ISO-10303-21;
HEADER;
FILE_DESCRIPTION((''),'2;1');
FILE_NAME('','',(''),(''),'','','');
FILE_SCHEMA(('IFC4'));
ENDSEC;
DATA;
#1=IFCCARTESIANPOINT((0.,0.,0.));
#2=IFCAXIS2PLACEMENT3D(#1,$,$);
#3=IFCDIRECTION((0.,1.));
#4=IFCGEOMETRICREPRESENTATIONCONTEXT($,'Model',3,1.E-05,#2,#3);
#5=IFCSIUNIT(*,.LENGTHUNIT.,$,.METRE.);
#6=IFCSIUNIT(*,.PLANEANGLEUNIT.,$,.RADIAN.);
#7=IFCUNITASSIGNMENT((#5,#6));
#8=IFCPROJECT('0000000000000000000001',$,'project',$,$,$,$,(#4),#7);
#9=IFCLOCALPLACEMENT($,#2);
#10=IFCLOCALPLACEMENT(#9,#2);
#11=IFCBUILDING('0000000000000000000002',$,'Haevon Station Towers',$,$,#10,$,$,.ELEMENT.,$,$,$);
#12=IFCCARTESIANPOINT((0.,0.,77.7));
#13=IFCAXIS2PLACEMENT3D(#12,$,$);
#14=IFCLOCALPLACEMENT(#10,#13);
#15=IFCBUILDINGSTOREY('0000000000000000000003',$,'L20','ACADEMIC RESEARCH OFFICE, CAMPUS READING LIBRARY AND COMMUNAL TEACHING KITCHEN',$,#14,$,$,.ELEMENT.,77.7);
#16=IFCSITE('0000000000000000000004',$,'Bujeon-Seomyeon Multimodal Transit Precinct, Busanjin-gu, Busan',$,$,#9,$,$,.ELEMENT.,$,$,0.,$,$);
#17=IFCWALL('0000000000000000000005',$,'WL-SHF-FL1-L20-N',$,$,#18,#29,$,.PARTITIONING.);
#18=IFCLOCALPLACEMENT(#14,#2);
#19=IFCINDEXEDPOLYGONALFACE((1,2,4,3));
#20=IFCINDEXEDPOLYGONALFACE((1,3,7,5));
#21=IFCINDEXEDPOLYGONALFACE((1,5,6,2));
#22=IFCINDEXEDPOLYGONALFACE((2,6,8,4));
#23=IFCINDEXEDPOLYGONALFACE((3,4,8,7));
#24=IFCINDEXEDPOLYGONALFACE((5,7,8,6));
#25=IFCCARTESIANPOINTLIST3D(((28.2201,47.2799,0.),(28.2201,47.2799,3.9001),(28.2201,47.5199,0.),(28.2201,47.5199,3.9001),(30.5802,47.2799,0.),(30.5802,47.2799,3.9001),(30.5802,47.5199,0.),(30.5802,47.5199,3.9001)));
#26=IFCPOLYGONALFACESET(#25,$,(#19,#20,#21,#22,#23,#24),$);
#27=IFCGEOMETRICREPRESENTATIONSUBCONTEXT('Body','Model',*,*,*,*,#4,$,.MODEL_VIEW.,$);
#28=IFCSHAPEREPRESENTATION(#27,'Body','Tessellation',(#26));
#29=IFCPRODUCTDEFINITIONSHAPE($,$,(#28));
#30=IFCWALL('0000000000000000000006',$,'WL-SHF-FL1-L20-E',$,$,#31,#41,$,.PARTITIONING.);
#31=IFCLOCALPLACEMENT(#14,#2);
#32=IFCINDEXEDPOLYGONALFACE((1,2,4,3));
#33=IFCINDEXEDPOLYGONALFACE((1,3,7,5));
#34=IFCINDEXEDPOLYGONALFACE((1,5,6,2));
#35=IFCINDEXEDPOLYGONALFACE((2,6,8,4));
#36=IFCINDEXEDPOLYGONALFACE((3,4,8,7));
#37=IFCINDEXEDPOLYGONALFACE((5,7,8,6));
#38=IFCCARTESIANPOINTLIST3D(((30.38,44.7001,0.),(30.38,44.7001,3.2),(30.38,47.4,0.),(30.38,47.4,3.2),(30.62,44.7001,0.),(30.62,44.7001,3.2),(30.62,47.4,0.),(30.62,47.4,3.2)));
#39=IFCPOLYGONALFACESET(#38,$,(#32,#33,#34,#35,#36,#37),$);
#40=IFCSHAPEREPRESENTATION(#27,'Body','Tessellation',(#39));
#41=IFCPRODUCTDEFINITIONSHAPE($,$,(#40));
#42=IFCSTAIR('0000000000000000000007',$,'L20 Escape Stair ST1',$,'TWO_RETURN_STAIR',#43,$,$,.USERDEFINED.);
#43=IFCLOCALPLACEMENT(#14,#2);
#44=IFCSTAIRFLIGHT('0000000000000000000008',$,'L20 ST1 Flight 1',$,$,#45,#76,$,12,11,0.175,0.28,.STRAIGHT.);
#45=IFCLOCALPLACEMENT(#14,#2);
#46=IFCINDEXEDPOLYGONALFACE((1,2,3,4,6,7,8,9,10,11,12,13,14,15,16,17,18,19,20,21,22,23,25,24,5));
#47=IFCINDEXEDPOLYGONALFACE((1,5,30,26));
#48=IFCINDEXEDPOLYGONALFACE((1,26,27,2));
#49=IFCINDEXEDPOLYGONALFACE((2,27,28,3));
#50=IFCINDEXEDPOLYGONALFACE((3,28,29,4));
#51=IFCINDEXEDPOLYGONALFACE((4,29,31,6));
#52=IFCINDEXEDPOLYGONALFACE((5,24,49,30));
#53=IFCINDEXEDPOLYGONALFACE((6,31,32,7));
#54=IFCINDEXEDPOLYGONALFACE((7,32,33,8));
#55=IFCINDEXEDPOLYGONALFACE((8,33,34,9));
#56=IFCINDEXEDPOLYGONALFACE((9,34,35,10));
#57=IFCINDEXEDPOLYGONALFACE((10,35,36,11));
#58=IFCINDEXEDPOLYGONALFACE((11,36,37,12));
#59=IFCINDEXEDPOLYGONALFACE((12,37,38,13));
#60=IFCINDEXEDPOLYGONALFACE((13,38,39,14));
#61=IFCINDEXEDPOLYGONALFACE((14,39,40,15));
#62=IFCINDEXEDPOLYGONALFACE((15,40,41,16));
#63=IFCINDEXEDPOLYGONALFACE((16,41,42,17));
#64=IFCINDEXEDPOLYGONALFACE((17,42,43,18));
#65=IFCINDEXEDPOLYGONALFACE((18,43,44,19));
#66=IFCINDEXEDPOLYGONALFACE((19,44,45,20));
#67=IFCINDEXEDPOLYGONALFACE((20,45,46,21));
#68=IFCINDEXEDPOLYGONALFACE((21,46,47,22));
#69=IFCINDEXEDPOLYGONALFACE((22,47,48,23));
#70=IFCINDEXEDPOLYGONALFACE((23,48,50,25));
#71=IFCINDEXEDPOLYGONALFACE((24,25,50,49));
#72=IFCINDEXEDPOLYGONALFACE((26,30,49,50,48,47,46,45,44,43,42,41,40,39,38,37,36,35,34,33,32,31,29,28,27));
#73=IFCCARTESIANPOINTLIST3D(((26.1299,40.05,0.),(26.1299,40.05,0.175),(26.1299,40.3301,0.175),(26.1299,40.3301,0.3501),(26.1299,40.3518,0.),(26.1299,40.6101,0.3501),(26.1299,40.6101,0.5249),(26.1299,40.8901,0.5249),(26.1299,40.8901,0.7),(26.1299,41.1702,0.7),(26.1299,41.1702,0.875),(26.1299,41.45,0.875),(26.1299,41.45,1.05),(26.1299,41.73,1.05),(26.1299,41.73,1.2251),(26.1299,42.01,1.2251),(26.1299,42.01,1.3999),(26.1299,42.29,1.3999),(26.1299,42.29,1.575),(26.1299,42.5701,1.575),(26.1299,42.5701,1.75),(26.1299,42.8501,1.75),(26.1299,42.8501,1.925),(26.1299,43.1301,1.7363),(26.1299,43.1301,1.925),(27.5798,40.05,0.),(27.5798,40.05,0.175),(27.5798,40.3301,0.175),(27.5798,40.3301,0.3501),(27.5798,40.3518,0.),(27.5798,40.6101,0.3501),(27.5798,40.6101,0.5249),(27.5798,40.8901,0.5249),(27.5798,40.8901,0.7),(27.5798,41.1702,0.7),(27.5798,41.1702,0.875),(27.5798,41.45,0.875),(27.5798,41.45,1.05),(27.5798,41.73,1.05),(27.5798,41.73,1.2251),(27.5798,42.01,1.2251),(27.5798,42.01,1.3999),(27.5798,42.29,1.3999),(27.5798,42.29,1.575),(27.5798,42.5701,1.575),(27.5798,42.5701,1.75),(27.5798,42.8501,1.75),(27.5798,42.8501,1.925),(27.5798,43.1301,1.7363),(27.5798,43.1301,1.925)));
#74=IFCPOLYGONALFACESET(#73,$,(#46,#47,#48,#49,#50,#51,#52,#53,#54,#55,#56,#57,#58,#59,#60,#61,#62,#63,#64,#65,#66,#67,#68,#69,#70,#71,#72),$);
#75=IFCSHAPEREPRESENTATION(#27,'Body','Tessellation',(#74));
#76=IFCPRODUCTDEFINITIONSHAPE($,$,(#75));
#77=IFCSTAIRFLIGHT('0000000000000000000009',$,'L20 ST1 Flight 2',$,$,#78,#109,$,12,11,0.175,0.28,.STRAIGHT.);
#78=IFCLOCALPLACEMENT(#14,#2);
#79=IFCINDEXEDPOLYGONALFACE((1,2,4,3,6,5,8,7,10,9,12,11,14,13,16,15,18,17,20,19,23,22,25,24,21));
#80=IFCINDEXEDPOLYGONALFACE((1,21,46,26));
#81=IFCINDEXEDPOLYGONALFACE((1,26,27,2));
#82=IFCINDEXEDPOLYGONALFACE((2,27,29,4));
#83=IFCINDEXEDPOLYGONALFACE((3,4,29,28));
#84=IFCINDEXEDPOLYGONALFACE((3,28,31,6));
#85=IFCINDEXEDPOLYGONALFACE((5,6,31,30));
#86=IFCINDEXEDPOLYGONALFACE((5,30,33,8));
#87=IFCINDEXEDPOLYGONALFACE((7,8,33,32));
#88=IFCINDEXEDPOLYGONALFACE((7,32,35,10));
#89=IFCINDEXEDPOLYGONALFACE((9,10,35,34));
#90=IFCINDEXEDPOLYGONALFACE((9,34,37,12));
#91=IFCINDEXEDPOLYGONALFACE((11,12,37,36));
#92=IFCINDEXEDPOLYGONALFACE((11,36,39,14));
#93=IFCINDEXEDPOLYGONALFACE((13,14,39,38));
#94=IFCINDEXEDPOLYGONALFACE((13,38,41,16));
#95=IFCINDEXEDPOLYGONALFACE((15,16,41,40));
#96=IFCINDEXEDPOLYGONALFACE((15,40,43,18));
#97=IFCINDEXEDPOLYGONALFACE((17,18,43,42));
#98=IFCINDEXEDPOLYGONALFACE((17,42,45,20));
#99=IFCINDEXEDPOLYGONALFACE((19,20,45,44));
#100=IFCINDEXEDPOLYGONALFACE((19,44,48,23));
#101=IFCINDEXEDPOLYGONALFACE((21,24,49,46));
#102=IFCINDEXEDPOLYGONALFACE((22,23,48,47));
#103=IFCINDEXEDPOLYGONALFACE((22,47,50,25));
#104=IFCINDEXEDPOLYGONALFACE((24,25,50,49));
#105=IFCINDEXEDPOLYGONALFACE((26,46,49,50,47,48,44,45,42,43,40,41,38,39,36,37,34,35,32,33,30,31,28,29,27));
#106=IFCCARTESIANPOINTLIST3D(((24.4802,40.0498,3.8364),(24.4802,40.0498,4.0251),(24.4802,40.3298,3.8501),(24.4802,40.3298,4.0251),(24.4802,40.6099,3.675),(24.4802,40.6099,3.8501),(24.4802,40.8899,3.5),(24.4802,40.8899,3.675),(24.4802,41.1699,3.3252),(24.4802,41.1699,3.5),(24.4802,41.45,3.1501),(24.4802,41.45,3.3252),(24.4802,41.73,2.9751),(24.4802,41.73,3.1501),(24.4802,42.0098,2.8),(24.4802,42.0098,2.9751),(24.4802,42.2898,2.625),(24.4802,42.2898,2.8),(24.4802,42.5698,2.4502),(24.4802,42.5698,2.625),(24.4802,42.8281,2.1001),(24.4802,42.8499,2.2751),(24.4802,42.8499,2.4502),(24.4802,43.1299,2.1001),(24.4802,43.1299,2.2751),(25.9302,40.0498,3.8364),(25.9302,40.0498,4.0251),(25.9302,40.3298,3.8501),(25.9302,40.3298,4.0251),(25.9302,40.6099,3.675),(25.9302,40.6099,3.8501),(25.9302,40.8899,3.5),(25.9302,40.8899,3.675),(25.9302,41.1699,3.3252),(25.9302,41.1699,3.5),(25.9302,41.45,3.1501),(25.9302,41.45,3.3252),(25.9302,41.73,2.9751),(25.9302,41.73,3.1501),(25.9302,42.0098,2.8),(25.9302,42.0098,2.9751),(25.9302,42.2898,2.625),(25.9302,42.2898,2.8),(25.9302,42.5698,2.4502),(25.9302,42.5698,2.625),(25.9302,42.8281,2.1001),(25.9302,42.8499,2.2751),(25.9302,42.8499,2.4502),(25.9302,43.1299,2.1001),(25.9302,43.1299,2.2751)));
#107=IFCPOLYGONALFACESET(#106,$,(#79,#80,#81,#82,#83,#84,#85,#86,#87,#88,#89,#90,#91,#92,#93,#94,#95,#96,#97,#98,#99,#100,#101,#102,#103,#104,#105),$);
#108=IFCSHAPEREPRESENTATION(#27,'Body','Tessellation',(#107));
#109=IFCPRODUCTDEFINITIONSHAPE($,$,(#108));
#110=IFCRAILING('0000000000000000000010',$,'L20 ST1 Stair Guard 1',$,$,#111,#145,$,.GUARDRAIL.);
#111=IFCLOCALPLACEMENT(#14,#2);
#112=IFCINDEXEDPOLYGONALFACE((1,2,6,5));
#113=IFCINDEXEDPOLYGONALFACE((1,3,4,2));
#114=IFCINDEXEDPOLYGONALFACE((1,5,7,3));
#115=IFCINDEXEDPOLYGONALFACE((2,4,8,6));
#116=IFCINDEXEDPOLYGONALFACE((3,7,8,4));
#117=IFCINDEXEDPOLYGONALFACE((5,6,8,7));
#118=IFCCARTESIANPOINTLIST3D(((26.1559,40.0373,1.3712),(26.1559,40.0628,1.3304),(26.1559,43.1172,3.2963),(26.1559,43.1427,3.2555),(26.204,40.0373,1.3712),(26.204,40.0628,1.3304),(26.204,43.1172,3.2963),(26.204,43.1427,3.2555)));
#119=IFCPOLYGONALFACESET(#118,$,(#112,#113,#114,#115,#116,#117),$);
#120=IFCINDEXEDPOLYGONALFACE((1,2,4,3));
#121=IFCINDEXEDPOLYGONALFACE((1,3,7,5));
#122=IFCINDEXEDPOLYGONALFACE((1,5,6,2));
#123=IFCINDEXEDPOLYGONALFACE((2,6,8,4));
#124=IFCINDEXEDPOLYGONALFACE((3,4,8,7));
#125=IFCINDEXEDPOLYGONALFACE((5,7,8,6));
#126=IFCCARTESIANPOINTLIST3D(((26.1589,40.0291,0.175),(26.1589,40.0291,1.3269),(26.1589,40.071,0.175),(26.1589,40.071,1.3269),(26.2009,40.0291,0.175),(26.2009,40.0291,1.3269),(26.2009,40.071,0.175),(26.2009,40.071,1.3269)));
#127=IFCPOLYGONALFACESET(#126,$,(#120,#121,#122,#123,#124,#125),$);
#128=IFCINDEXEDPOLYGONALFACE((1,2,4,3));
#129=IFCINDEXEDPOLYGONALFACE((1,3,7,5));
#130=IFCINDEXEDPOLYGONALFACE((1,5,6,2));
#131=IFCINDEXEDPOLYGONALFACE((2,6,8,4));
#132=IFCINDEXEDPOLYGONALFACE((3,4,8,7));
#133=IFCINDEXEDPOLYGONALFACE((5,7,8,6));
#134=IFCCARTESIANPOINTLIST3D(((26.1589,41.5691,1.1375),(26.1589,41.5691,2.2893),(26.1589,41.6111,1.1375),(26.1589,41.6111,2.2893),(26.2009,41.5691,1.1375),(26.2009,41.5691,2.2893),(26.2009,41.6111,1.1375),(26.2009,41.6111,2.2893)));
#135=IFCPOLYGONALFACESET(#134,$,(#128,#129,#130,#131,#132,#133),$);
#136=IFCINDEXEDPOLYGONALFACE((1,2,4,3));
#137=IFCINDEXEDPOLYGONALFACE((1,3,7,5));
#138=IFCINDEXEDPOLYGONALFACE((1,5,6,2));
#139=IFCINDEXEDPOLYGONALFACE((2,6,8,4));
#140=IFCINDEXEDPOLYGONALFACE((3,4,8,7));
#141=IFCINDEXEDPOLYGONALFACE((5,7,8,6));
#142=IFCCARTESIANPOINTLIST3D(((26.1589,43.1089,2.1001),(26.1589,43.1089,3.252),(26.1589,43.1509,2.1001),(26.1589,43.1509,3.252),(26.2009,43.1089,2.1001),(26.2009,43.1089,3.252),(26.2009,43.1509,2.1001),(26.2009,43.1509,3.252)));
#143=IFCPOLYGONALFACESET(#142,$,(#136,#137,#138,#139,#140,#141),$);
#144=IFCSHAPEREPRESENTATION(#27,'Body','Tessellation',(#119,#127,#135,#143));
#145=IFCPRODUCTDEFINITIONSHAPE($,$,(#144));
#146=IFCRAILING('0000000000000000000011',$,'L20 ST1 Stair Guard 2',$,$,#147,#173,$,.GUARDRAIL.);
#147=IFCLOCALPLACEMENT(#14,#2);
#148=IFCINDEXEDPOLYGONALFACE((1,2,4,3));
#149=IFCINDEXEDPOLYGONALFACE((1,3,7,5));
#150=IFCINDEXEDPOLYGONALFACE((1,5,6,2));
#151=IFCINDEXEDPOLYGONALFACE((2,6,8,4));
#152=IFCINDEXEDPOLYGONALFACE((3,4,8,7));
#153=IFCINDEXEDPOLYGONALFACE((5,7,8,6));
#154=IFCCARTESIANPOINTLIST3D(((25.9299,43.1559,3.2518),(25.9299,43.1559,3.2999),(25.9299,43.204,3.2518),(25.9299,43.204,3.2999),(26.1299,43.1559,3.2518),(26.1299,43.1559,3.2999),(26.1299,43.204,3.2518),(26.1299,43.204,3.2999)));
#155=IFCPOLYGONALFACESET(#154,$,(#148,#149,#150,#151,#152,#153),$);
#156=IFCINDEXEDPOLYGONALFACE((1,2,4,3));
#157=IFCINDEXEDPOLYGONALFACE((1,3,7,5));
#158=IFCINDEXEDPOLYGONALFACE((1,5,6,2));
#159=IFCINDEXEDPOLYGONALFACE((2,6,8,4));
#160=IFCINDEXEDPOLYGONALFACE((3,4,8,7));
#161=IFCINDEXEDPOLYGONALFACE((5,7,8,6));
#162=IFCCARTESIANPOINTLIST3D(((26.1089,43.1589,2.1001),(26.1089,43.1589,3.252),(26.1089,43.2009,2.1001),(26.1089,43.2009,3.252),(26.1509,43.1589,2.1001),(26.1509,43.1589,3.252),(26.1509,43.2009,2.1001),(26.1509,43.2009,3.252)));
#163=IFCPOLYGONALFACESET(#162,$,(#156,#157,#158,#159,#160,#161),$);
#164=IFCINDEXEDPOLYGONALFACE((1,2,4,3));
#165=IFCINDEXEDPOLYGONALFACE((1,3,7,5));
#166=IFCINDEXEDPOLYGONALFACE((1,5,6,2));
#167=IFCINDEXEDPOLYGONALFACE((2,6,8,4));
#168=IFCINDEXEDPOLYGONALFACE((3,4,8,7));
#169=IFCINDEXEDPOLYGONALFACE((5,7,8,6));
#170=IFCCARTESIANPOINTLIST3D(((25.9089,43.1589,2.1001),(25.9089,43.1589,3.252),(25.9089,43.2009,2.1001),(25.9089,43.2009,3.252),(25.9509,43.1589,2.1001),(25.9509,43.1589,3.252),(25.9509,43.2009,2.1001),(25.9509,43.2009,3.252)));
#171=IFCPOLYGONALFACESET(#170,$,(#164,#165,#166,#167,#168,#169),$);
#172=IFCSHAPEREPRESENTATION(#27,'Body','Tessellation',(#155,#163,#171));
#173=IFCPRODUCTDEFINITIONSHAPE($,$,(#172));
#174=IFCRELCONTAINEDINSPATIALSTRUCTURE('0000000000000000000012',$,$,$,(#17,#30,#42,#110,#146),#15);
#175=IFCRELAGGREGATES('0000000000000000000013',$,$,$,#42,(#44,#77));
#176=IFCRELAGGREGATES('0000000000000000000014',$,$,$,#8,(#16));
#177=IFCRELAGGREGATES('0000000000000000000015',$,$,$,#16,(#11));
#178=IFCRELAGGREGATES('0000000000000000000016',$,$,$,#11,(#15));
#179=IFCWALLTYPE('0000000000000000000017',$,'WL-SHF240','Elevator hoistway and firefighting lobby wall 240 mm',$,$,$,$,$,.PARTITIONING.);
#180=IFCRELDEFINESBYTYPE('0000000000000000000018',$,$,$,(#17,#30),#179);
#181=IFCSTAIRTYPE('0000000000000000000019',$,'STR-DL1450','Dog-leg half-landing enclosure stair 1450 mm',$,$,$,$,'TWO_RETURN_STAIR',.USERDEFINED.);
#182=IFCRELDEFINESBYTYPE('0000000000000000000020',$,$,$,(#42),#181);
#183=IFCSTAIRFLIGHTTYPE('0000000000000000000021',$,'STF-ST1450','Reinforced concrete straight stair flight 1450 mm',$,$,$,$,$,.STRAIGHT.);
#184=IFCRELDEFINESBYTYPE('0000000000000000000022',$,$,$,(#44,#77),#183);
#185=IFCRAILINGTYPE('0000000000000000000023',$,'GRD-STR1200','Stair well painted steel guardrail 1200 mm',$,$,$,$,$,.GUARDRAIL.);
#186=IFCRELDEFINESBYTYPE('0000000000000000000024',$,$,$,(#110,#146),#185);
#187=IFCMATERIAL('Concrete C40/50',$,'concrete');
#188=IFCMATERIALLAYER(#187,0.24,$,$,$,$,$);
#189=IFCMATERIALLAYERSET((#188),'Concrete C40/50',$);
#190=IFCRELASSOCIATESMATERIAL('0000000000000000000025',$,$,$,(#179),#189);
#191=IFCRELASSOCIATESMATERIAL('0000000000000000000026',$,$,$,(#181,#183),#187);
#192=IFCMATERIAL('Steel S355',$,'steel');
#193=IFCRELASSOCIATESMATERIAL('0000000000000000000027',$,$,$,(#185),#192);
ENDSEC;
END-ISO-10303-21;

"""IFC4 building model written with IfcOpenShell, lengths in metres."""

from ifc_helpers import new_model, si_unit, direction, frame, frame_2d, origin, origin_2d, place, context, subcontext, project, spatial, polyline, rectangle, outline, extrude, material, layer, layer_set, type_object, element, aggregate, save


model = new_model("IFC4")

# Units and contexts
model_context = context("Model", 3, precision=1e-05, world=origin(), true_north=direction((0.0, 1.0)))
body_context = subcontext(model_context, "Body", "Model", "MODEL_VIEW")
ifc_project = project(units=[si_unit("LENGTHUNIT", "METRE"), si_unit("PLANEANGLEUNIT", "RADIAN")], contexts=[model_context])

# Site, building, storey
site_placement = place(None, origin())
site = spatial("IfcSite", under=ifc_project, at=site_placement, Name="Bujeon-Seomyeon Multimodal Transit Precinct, Busanjin-gu, Busan", CompositionType="ELEMENT", RefElevation=0.0)
building_placement = place(site_placement, origin())
building = spatial("IfcBuilding", under=site, at=building_placement, Name="Haevon Station Towers", CompositionType="ELEMENT")
storey_placement = place(building_placement, frame((0.0, 0.0, 77.7)))
storey = spatial("IfcBuildingStorey", under=building, at=storey_placement, Name="L20", Description="ACADEMIC RESEARCH OFFICE, CAMPUS READING LIBRARY AND COMMUNAL TEACHING KITCHEN", CompositionType="ELEMENT", Elevation=77.7)

# Shared definitions
ifc_material_1 = material(Name="Steel S355", Category="steel")

# Shared definitions
ifc_material_2 = material(Name="Concrete C40/50", Category="concrete")
ifc_layer_1 = layer(ifc_material_2, 0.24)
ifc_layer_set_1 = layer_set([ifc_layer_1], Name="Concrete C40/50")
wall_type_1 = type_object("IfcWallType", Name="WL-SHF240", Description="Elevator hoistway and firefighting lobby wall 240 mm", PredefinedType="PARTITIONING", material=ifc_layer_set_1)

# Walls
wall_1_placement = place(storey_placement, frame((28.22, 47.3999, 0.0), z_axis=(0.0, 0.0, 1.0), x_axis=(1.0, 0.0, 0.0)))
element("IfcWall", 1, at=wall_1_placement, inside=storey, type_object=wall_type_1, Name="WL-SHF-FL1-L20-N", PredefinedType="PARTITIONING", context=body_context, shape_type="SweptSolid", body=[
    extrude(rectangle(XDim=2.3601, YDim=0.24, at=frame_2d((1.1802, 0.0))), origin(), (0.0, 0.0, 1.0), 3.9001),
])
wall_2_placement = place(storey_placement, frame((30.5, 44.7, 0.0), z_axis=(0.0, 0.0, 1.0), x_axis=(0.0, 1.0, 0.0)))
element("IfcWall", 2, at=wall_2_placement, inside=storey, type_object=wall_type_1, Name="WL-SHF-FL1-L20-E", PredefinedType="PARTITIONING", context=body_context, shape_type="SweptSolid", body=[
    extrude(rectangle(XDim=2.7, YDim=0.24, at=frame_2d((1.3501, 0.0))), origin(), (0.0, 0.0, 1.0), 3.2),
])

# Stair, stair flights
stair_type = type_object("IfcStairType", Name="STR-DL1450", Description="Dog-leg half-landing enclosure stair 1450 mm", ElementType="TWO_RETURN_STAIR", PredefinedType="USERDEFINED", material=ifc_material_2)
stair_placement = place(storey_placement, origin())
stair = element("IfcStair", 3, at=stair_placement, inside=storey, type_object=stair_type, Name="L20 Escape Stair ST1", ObjectType="TWO_RETURN_STAIR", PredefinedType="USERDEFINED")
stair_flight_type = type_object("IfcStairFlightType", Name="STF-ST1450", Description="Reinforced concrete straight stair flight 1450 mm", PredefinedType="STRAIGHT", material=ifc_material_2)
stair_flight_1_placement = place(storey_placement, frame((26.855, 40.05, 0.0), z_axis=(0.0, 0.0, 1.0), x_axis=(0.0, 1.0, 0.0)))
stair_flight_1 = element("IfcStairFlight", 4, at=stair_flight_1_placement, type_object=stair_flight_type, Name="L20 ST1 Flight 1", NumberOfRisers=12, NumberOfTreads=11, PredefinedType="STRAIGHT", RiserHeight=0.175, TreadLength=0.28, context=body_context, shape_type="SweptSolid", body=[
    extrude(outline(polyline([(0.0, 0.0), (0.0, 0.175), (0.28, 0.175), (0.28, 0.3501), (0.5601, 0.3501), (0.5601, 0.5249), (0.8401, 0.5249), (0.8401, 0.7), (1.1201, 0.7), (1.1201, 0.875), (1.3999, 0.875), (1.3999, 1.05), (1.6799, 1.05), (1.6799, 1.2251), (1.96, 1.2251), (1.96, 1.3999), (2.24, 1.3999), (2.24, 1.575), (2.52, 1.575), (2.52, 1.75), (2.8, 1.75), (2.8, 1.925), (3.0801, 1.925), (3.0801, 2.1001), (3.0801, 1.7363), (0.3018, 0.0), (0.0, 0.0)])), frame((0.0, 0.7251, 0.0), z_axis=(0.0, -1.0, 0.0), x_axis=(1.0, 0.0, 0.0)), (0.0, 0.0, 1.0), 1.45),
])
stair_flight_2_placement = place(storey_placement, frame((25.2051, 43.1299, 2.1001), z_axis=(0.0, 0.0, 1.0), x_axis=(0.0, -1.0, 0.0)))
stair_flight_2 = element("IfcStairFlight", 5, at=stair_flight_2_placement, type_object=stair_flight_type, Name="L20 ST1 Flight 2", NumberOfRisers=12, NumberOfTreads=11, PredefinedType="STRAIGHT", RiserHeight=0.175, TreadLength=0.28, context=body_context, shape_type="SweptSolid", body=[
    extrude(outline(polyline([(0.0, 0.0), (0.0, 0.175), (0.28, 0.175), (0.28, 0.3501), (0.5601, 0.3501), (0.5601, 0.5249), (0.8401, 0.5249), (0.8401, 0.7), (1.1201, 0.7), (1.1201, 0.875), (1.3999, 0.875), (1.3999, 1.05), (1.6799, 1.05), (1.6799, 1.2251), (1.96, 1.2251), (1.96, 1.3999), (2.24, 1.3999), (2.24, 1.575), (2.52, 1.575), (2.52, 1.75), (2.8, 1.75), (2.8, 1.925), (3.0801, 1.925), (3.0801, 2.1001), (3.0801, 1.7363), (0.3018, 0.0), (0.0, 0.0)])), frame((0.0, 0.7251, 0.0), z_axis=(0.0, -1.0, 0.0), x_axis=(1.0, 0.0, 0.0)), (0.0, 0.0, 1.0), 1.45),
])
aggregate(stair, [stair_flight_1, stair_flight_2])

# Railings
railing_type_1 = type_object("IfcRailingType", Name="GRD-STR1200", Description="Stair well painted steel guardrail 1200 mm", PredefinedType="GUARDRAIL", material=ifc_material_1)
railing_1_placement = place(storey_placement, frame((26.1799, 40.05, 0.175)))
element("IfcRailing", 6, at=railing_1_placement, inside=storey, type_object=railing_type_1, Name="L20 ST1 Stair Guard 1", PredefinedType="GUARDRAIL", context=body_context, shape_type="SweptSolid", body=[
    extrude(rectangle(XDim=0.0481, YDim=0.0481, at=origin_2d()), frame((0.0, 0.0, 1.1758), z_axis=(0.0, 0.847979, 0.530029), x_axis=(-1.0, 0.0, 0.0)), (0.0, 0.0, 1.0), 3.6321),
    extrude(rectangle(XDim=0.042, YDim=0.042, at=origin_2d()), origin(), (0.0, 0.0, 1.0), 1.1519),
    extrude(rectangle(XDim=0.042, YDim=0.042, at=origin_2d()), frame((0.0, 1.54, 0.9624)), (0.0, 0.0, 1.0), 1.1519),
    extrude(rectangle(XDim=0.042, YDim=0.042, at=origin_2d()), frame((0.0, 3.0798, 1.925)), (0.0, 0.0, 1.0), 1.1519),
])
railing_2_placement = place(storey_placement, frame((26.1299, 43.1799, 2.1001)))
element("IfcRailing", 7, at=railing_2_placement, inside=storey, type_object=railing_type_1, Name="L20 ST1 Stair Guard 2", PredefinedType="GUARDRAIL", context=body_context, shape_type="SweptSolid", body=[
    extrude(rectangle(XDim=0.0481, YDim=0.0481, at=origin_2d()), frame((0.0, 0.0, 1.1758), z_axis=(-1.0, 0.0, 0.0), x_axis=(0.0, -1.0, 0.0)), (0.0, 0.0, 1.0), 0.2),
    extrude(rectangle(XDim=0.042, YDim=0.042, at=origin_2d()), origin(), (0.0, 0.0, 1.0), 1.1519),
    extrude(rectangle(XDim=0.042, YDim=0.042, at=origin_2d()), frame((-0.2, 0.0, 0.0)), (0.0, 0.0, 1.0), 1.1519),
])

save(model, "model.ifc")
